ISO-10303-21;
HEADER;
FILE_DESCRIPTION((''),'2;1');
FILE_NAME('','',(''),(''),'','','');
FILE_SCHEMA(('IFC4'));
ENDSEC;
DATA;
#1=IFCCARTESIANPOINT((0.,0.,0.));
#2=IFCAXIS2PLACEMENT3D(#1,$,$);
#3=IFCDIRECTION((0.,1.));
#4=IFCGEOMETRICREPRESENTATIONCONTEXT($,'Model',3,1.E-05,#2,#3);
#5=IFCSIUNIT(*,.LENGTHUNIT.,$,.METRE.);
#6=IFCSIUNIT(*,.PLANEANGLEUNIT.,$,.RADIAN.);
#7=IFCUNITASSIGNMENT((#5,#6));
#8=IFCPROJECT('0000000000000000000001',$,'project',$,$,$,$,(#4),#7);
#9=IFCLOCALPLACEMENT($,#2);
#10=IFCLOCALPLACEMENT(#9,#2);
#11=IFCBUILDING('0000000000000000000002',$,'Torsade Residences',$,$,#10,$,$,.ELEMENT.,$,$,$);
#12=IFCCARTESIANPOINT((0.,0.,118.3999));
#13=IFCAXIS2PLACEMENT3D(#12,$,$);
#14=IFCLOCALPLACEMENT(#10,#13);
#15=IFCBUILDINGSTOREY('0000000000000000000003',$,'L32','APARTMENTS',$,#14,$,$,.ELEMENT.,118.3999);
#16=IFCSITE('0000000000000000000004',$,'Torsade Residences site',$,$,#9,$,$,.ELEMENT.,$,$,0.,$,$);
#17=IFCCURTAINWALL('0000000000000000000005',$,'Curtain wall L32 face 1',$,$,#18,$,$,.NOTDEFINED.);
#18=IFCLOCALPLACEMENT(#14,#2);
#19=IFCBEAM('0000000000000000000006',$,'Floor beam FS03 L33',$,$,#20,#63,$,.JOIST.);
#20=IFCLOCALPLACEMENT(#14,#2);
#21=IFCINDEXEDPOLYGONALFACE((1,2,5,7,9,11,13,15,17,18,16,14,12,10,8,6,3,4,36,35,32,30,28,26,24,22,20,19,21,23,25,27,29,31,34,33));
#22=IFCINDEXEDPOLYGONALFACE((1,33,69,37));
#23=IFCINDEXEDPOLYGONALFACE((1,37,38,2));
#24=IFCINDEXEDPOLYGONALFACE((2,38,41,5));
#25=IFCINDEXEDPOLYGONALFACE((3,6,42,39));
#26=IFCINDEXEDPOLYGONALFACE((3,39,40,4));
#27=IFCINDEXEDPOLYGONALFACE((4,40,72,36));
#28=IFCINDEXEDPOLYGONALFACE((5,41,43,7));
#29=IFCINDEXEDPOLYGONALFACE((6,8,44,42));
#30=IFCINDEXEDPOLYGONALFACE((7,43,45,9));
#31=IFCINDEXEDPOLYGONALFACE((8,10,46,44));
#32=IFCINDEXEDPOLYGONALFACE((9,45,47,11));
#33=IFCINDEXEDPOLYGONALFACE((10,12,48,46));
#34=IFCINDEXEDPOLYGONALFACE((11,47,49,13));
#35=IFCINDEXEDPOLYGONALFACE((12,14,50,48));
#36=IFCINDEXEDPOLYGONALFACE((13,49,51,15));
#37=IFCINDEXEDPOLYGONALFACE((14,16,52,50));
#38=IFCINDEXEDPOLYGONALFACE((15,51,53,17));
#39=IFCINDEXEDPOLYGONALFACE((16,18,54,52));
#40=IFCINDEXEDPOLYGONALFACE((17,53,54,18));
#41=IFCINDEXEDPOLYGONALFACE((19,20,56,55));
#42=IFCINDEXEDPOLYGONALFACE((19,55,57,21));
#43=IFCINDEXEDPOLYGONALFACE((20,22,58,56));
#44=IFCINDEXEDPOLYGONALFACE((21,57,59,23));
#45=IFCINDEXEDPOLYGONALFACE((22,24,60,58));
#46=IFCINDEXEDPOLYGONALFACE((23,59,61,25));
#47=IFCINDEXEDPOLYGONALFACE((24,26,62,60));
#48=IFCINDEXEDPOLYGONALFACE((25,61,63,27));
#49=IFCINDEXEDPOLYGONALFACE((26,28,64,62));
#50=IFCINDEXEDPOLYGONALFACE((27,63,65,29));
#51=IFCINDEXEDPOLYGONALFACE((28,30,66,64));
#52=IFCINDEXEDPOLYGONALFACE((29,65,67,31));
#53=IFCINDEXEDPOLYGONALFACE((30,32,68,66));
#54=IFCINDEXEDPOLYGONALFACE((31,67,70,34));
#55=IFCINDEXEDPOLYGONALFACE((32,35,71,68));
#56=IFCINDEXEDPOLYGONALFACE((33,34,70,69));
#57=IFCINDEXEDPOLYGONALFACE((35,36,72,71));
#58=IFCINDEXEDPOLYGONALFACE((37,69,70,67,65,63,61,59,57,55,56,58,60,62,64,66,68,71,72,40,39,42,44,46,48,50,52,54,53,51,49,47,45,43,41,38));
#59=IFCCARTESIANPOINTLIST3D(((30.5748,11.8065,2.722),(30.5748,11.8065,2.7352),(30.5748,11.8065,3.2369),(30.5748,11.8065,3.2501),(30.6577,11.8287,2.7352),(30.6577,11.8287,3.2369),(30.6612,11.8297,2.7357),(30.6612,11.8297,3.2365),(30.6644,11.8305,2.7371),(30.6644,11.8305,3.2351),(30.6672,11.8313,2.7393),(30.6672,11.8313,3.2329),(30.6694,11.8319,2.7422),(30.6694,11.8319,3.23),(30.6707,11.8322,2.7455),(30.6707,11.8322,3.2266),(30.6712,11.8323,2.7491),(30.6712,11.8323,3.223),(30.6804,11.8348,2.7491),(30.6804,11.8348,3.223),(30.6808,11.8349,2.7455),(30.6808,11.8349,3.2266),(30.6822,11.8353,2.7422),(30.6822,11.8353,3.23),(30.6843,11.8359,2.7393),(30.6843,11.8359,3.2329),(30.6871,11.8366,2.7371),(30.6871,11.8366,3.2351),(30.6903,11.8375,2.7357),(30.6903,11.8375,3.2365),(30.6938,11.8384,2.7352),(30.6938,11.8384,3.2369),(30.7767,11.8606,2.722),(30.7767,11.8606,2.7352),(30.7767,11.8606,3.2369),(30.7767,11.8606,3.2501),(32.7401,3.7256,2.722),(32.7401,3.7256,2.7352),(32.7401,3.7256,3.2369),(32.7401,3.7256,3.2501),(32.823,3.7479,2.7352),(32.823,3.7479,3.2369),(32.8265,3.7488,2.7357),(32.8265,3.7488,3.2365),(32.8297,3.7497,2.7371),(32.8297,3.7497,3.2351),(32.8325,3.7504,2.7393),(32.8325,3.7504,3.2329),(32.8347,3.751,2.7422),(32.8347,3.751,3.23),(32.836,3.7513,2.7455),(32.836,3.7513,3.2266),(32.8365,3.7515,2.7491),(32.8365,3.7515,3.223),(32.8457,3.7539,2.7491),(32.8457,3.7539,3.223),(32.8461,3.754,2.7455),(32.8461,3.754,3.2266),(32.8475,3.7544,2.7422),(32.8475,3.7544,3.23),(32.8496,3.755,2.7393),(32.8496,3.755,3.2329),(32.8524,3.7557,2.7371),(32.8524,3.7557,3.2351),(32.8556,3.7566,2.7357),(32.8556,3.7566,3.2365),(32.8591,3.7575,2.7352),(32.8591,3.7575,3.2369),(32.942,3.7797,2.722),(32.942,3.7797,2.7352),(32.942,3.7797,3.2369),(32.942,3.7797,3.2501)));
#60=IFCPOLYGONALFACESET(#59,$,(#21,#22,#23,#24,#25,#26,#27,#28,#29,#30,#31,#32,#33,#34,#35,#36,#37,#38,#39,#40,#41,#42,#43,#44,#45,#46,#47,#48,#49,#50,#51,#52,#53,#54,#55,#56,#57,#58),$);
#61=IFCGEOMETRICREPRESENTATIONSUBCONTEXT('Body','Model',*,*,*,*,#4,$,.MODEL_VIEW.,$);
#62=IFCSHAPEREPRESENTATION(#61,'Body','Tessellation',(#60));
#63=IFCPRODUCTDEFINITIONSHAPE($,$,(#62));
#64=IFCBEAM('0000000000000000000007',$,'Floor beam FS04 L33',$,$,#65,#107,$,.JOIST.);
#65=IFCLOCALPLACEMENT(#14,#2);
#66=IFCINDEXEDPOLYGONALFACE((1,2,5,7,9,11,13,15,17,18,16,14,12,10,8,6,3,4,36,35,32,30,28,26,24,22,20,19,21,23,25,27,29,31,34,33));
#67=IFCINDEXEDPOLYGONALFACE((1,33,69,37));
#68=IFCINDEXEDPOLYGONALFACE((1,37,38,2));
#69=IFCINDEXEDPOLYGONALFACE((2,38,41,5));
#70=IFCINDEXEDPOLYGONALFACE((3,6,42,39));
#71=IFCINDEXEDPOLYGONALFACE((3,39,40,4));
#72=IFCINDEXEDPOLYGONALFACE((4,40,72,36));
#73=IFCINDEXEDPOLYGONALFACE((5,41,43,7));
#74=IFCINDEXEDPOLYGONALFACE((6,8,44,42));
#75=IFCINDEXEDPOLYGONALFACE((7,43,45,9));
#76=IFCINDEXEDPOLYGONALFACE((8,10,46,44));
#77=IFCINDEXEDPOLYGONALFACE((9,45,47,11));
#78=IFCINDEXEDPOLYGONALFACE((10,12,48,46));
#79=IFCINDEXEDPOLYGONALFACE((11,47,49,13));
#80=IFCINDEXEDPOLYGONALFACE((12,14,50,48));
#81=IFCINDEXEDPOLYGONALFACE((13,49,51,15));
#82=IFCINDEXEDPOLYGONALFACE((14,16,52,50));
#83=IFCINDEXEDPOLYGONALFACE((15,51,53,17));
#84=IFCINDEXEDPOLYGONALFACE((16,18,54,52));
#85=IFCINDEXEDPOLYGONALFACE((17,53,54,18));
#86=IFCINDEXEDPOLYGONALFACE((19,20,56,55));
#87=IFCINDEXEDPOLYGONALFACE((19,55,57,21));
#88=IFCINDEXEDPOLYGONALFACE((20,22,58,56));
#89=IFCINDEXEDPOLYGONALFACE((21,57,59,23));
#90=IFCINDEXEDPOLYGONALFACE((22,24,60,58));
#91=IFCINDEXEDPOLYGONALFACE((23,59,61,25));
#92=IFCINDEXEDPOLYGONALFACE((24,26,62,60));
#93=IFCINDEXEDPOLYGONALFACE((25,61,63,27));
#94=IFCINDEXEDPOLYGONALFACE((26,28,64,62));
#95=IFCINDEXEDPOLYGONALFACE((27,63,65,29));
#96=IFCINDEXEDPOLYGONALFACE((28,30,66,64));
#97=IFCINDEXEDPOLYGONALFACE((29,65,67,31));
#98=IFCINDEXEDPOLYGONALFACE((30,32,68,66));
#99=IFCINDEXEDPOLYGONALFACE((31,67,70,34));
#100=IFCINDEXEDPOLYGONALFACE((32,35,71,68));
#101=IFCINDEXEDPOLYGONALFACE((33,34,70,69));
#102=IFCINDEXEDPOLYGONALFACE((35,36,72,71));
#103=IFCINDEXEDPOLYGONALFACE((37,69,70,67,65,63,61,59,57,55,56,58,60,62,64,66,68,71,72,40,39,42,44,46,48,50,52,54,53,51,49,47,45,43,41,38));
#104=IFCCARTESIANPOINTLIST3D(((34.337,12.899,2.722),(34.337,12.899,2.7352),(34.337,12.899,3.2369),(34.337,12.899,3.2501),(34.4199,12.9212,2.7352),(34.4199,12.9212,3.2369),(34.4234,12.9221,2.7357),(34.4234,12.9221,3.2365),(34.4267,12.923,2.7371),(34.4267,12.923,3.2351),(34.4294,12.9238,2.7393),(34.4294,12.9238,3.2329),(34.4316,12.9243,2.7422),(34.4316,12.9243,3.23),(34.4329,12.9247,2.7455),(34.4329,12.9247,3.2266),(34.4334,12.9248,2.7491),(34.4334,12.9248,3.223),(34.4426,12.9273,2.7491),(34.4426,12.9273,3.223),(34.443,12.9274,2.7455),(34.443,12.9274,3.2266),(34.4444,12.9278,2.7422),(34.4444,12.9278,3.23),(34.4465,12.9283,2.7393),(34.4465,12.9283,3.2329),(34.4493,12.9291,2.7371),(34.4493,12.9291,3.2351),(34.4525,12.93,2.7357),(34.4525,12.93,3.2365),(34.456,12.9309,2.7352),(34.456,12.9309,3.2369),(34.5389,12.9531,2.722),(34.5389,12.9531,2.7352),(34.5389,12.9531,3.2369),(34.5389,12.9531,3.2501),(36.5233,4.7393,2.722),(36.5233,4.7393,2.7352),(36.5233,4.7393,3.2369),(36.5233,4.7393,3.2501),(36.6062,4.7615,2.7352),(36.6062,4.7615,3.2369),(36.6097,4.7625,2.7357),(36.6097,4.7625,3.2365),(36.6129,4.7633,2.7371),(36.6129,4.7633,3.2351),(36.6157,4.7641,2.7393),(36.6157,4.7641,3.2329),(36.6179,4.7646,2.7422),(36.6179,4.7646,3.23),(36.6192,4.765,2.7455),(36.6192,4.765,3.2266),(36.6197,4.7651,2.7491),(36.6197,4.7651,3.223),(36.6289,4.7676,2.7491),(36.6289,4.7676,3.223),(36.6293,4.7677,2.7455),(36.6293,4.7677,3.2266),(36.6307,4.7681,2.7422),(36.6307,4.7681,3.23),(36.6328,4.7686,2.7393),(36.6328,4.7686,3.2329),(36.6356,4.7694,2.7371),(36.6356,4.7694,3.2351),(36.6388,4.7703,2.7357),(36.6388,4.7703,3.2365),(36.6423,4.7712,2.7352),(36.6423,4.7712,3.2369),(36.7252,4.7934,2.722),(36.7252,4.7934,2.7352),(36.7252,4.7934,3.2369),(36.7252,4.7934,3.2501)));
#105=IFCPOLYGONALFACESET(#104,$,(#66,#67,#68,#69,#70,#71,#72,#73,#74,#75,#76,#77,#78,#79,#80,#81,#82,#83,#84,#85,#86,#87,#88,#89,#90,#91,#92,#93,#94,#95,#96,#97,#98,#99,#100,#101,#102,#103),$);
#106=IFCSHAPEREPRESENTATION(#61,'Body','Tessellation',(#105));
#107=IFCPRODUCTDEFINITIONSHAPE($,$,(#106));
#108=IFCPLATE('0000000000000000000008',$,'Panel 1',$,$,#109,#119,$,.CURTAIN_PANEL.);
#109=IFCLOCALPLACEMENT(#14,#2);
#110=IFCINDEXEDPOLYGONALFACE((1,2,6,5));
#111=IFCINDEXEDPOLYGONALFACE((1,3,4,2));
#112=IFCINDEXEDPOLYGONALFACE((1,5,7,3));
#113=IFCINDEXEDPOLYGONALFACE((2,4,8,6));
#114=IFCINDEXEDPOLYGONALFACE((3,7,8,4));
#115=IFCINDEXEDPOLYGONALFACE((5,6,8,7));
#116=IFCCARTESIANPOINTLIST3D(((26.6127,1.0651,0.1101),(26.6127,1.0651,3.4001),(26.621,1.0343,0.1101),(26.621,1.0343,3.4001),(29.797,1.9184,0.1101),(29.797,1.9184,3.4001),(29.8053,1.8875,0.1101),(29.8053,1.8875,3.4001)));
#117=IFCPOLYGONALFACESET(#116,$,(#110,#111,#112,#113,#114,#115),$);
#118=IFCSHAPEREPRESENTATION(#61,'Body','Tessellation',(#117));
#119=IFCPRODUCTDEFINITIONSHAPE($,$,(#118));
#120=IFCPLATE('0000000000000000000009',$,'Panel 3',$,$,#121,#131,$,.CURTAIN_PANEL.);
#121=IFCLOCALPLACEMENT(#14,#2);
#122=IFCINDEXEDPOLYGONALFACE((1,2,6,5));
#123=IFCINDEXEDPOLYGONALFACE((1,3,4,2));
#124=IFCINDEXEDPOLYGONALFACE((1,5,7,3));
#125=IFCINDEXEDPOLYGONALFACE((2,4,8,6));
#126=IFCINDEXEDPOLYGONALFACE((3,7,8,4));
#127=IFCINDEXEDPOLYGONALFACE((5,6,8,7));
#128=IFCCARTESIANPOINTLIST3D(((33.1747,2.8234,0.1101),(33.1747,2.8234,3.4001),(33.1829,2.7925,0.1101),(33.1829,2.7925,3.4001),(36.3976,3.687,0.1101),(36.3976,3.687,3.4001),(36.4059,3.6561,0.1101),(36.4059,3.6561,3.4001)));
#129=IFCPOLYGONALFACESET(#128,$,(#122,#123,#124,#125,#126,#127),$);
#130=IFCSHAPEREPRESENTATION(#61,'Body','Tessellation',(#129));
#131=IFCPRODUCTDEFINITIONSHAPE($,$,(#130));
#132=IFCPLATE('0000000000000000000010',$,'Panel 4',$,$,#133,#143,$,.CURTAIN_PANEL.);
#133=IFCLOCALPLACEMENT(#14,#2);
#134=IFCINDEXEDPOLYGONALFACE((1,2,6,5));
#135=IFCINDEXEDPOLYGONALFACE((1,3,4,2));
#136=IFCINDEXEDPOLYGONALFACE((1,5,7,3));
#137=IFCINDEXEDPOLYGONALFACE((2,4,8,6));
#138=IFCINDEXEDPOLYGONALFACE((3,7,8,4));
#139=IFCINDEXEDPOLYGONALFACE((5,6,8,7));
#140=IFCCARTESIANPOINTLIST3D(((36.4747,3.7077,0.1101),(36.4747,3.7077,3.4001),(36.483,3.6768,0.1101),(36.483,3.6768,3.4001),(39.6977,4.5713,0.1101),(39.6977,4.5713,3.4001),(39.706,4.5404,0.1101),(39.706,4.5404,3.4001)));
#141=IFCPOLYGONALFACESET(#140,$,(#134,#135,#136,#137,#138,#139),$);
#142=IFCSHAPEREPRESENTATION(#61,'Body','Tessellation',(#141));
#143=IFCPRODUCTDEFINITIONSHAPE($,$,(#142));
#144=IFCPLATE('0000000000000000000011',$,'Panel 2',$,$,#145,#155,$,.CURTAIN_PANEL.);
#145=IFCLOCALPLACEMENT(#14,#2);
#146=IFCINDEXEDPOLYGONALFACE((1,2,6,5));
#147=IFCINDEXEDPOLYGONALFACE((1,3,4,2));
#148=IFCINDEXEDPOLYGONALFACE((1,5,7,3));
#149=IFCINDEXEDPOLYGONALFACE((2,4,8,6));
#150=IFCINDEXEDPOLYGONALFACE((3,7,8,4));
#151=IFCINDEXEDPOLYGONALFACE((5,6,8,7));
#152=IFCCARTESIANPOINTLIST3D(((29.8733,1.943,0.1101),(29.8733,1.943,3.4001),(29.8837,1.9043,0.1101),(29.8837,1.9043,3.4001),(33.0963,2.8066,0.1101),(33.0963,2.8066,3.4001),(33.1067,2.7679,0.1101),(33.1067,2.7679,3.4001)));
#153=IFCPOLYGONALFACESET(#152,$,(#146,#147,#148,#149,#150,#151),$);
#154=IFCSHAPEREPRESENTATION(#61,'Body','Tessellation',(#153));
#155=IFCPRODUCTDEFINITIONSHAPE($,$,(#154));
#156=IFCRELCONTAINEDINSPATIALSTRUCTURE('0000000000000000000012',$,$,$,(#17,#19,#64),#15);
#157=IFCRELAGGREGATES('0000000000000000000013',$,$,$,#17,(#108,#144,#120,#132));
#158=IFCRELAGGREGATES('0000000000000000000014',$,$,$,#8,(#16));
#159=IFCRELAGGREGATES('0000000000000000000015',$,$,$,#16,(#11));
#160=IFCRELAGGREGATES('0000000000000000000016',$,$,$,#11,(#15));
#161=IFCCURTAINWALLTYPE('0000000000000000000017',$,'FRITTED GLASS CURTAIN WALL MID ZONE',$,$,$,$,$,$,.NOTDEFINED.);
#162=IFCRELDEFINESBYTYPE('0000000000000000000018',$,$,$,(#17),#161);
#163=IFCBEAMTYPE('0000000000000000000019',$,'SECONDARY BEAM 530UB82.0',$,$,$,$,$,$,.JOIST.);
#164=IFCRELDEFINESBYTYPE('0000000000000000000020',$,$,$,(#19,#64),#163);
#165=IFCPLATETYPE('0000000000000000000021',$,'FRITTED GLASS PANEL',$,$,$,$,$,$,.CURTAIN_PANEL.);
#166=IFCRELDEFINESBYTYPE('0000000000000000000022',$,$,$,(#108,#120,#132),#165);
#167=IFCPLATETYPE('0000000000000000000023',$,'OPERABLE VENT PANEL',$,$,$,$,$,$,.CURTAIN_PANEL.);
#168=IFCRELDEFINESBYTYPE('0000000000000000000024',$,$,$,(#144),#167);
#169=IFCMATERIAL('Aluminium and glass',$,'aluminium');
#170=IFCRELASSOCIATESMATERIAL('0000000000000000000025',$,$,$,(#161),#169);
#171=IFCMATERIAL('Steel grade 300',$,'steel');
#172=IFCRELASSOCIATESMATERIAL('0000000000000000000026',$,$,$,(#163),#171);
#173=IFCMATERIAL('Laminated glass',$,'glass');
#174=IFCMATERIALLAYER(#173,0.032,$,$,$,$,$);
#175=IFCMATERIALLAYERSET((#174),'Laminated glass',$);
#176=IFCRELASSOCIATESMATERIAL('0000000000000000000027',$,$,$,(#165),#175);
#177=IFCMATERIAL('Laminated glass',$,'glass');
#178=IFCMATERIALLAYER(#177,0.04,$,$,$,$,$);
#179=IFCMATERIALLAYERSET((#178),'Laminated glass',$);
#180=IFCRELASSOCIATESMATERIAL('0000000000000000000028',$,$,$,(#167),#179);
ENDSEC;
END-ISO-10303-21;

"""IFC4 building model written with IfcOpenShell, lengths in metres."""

from ifc_helpers import new_model, si_unit, direction, frame, origin, origin_2d, place, context, subcontext, project, spatial, rectangle, i_section, extrude, material, layer, layer_set, material_profile, profile_set, type_object, element, aggregate, save


model = new_model("IFC4")

# Units and contexts
model_context = context("Model", 3, precision=1e-05, world=origin(), true_north=direction((0.0, 1.0)))
body_context = subcontext(model_context, "Body", "Model", "MODEL_VIEW")
ifc_project = project(units=[si_unit("LENGTHUNIT", "METRE"), si_unit("PLANEANGLEUNIT", "RADIAN")], contexts=[model_context])

# Site, building, storey
site_placement = place(None, origin())
site = spatial("IfcSite", under=ifc_project, at=site_placement, Name="Torsade Residences site", CompositionType="ELEMENT", RefElevation=0.0)
building_placement = place(site_placement, origin())
building = spatial("IfcBuilding", under=site, at=building_placement, Name="Torsade Residences", CompositionType="ELEMENT")
storey_placement = place(building_placement, frame((0.0, 0.0, 118.3999)))
storey = spatial("IfcBuildingStorey", under=building, at=storey_placement, Name="L32", Description="APARTMENTS", CompositionType="ELEMENT", Elevation=118.3999)

# Curtain wall
ifc_material_1 = material(Name="Aluminium and glass", Category="aluminium")
curtain_wall_type = type_object("IfcCurtainWallType", Name="FRITTED GLASS CURTAIN WALL MID ZONE", PredefinedType="NOTDEFINED", material=ifc_material_1)
curtain_wall_placement = place(storey_placement, origin())
curtain_wall = element("IfcCurtainWall", 1, at=curtain_wall_placement, inside=storey, type_object=curtain_wall_type, Name="Curtain wall L32 face 1", PredefinedType="NOTDEFINED")

# Beams
ifc_material_2 = material(Name="Steel grade 300", Category="steel")
ifc_material_profile_1 = material_profile(ifc_material_2, i_section(OverallWidth=0.209, OverallDepth=0.5281, WebThickness=0.0095, FlangeThickness=0.0132, FilletRadius=0.0139, at=origin_2d()), Name="530UB82.0")
ifc_profile_set_1 = profile_set([ifc_material_profile_1], Name="Steel grade 300")
beam_type_1 = type_object("IfcBeamType", Name="SECONDARY BEAM 530UB82.0", PredefinedType="JOIST", material=ifc_profile_set_1)
beam_1_placement = place(storey_placement, frame((32.8411, 3.7527, 2.9861), z_axis=(-0.258823, 0.965925, 0.0), x_axis=(-0.965925, -0.258823, 0.0)))
element("IfcBeam", 2, at=beam_1_placement, inside=storey, type_object=beam_type_1, Name="Floor beam FS03 L33", PredefinedType="JOIST", context=body_context, shape_type="SweptSolid", body=[
    extrude(i_section(OverallWidth=0.209, OverallDepth=0.5281, WebThickness=0.0095, FlangeThickness=0.0132, FilletRadius=0.0139, at=origin_2d()), origin(), (0.0, 0.0, 1.0), 8.366),
])
beam_2_placement = place(storey_placement, frame((36.6243, 4.7664, 2.9861), z_axis=(-0.258808, 0.965929, 0.0), x_axis=(-0.965929, -0.258808, 0.0)))
element("IfcBeam", 3, at=beam_2_placement, inside=storey, type_object=beam_type_1, Name="Floor beam FS04 L33", PredefinedType="JOIST", context=body_context, shape_type="SweptSolid", body=[
    extrude(i_section(OverallWidth=0.209, OverallDepth=0.5281, WebThickness=0.0095, FlangeThickness=0.0132, FilletRadius=0.0139, at=origin_2d()), origin(), (0.0, 0.0, 1.0), 8.4475),
])

# Plates
ifc_material_3 = material(Name="Laminated glass", Category="glass")
ifc_layer_1 = layer(ifc_material_3, 0.032)
ifc_layer_set_1 = layer_set([ifc_layer_1], Name="Laminated glass")
plate_type_1 = type_object("IfcPlateType", Name="FRITTED GLASS PANEL", PredefinedType="CURTAIN_PANEL", material=ifc_layer_set_1)
plate_1_placement = place(storey_placement, frame((28.209, 1.4763, 0.1101), z_axis=(0.0, 0.0, 1.0), x_axis=(0.965926, 0.258819, 0.0)))
plate_1 = element("IfcPlate", 4, at=plate_1_placement, type_object=plate_type_1, Name="Panel 1", PredefinedType="CURTAIN_PANEL", context=body_context, shape_type="SweptSolid", body=[
    extrude(rectangle(XDim=3.2966, YDim=0.032, at=origin_2d()), origin(), (0.0, 0.0, 1.0), 3.29),
])
plate_2_placement = place(storey_placement, frame((34.7903, 3.2397, 0.1101), z_axis=(0.0, 0.0, 1.0), x_axis=(0.965926, 0.258819, 0.0)))
plate_2 = element("IfcPlate", 5, at=plate_2_placement, type_object=plate_type_1, Name="Panel 3", PredefinedType="CURTAIN_PANEL", context=body_context, shape_type="SweptSolid", body=[
    extrude(rectangle(XDim=3.3367, YDim=0.032, at=origin_2d()), origin(), (0.0, 0.0, 1.0), 3.29),
])
plate_3_placement = place(storey_placement, frame((38.0903, 4.124, 0.1101), z_axis=(0.0, 0.0, 1.0), x_axis=(0.965926, 0.258819, 0.0)))
plate_3 = element("IfcPlate", 6, at=plate_3_placement, type_object=plate_type_1, Name="Panel 4", PredefinedType="CURTAIN_PANEL", context=body_context, shape_type="SweptSolid", body=[
    extrude(rectangle(XDim=3.3367, YDim=0.032, at=origin_2d()), origin(), (0.0, 0.0, 1.0), 3.29),
])
ifc_material_4 = material(Name="Laminated glass", Category="glass")
ifc_layer_2 = layer(ifc_material_4, 0.04)
ifc_layer_set_2 = layer_set([ifc_layer_2], Name="Laminated glass")
plate_type_2 = type_object("IfcPlateType", Name="OPERABLE VENT PANEL", PredefinedType="CURTAIN_PANEL", material=ifc_layer_set_2)
plate_4_placement = place(storey_placement, frame((31.49, 2.3555, 0.1101), z_axis=(0.0, 0.0, 1.0), x_axis=(0.965926, 0.258819, 0.0)))
plate_4 = element("IfcPlate", 7, at=plate_4_placement, type_object=plate_type_2, Name="Panel 2", PredefinedType="CURTAIN_PANEL", context=body_context, shape_type="SweptSolid", body=[
    extrude(rectangle(XDim=3.3367, YDim=0.04, at=origin_2d()), origin(), (0.0, 0.0, 1.0), 3.29),
])
aggregate(curtain_wall, [plate_1, plate_4, plate_2, plate_3])

save(model, "model.ifc")
